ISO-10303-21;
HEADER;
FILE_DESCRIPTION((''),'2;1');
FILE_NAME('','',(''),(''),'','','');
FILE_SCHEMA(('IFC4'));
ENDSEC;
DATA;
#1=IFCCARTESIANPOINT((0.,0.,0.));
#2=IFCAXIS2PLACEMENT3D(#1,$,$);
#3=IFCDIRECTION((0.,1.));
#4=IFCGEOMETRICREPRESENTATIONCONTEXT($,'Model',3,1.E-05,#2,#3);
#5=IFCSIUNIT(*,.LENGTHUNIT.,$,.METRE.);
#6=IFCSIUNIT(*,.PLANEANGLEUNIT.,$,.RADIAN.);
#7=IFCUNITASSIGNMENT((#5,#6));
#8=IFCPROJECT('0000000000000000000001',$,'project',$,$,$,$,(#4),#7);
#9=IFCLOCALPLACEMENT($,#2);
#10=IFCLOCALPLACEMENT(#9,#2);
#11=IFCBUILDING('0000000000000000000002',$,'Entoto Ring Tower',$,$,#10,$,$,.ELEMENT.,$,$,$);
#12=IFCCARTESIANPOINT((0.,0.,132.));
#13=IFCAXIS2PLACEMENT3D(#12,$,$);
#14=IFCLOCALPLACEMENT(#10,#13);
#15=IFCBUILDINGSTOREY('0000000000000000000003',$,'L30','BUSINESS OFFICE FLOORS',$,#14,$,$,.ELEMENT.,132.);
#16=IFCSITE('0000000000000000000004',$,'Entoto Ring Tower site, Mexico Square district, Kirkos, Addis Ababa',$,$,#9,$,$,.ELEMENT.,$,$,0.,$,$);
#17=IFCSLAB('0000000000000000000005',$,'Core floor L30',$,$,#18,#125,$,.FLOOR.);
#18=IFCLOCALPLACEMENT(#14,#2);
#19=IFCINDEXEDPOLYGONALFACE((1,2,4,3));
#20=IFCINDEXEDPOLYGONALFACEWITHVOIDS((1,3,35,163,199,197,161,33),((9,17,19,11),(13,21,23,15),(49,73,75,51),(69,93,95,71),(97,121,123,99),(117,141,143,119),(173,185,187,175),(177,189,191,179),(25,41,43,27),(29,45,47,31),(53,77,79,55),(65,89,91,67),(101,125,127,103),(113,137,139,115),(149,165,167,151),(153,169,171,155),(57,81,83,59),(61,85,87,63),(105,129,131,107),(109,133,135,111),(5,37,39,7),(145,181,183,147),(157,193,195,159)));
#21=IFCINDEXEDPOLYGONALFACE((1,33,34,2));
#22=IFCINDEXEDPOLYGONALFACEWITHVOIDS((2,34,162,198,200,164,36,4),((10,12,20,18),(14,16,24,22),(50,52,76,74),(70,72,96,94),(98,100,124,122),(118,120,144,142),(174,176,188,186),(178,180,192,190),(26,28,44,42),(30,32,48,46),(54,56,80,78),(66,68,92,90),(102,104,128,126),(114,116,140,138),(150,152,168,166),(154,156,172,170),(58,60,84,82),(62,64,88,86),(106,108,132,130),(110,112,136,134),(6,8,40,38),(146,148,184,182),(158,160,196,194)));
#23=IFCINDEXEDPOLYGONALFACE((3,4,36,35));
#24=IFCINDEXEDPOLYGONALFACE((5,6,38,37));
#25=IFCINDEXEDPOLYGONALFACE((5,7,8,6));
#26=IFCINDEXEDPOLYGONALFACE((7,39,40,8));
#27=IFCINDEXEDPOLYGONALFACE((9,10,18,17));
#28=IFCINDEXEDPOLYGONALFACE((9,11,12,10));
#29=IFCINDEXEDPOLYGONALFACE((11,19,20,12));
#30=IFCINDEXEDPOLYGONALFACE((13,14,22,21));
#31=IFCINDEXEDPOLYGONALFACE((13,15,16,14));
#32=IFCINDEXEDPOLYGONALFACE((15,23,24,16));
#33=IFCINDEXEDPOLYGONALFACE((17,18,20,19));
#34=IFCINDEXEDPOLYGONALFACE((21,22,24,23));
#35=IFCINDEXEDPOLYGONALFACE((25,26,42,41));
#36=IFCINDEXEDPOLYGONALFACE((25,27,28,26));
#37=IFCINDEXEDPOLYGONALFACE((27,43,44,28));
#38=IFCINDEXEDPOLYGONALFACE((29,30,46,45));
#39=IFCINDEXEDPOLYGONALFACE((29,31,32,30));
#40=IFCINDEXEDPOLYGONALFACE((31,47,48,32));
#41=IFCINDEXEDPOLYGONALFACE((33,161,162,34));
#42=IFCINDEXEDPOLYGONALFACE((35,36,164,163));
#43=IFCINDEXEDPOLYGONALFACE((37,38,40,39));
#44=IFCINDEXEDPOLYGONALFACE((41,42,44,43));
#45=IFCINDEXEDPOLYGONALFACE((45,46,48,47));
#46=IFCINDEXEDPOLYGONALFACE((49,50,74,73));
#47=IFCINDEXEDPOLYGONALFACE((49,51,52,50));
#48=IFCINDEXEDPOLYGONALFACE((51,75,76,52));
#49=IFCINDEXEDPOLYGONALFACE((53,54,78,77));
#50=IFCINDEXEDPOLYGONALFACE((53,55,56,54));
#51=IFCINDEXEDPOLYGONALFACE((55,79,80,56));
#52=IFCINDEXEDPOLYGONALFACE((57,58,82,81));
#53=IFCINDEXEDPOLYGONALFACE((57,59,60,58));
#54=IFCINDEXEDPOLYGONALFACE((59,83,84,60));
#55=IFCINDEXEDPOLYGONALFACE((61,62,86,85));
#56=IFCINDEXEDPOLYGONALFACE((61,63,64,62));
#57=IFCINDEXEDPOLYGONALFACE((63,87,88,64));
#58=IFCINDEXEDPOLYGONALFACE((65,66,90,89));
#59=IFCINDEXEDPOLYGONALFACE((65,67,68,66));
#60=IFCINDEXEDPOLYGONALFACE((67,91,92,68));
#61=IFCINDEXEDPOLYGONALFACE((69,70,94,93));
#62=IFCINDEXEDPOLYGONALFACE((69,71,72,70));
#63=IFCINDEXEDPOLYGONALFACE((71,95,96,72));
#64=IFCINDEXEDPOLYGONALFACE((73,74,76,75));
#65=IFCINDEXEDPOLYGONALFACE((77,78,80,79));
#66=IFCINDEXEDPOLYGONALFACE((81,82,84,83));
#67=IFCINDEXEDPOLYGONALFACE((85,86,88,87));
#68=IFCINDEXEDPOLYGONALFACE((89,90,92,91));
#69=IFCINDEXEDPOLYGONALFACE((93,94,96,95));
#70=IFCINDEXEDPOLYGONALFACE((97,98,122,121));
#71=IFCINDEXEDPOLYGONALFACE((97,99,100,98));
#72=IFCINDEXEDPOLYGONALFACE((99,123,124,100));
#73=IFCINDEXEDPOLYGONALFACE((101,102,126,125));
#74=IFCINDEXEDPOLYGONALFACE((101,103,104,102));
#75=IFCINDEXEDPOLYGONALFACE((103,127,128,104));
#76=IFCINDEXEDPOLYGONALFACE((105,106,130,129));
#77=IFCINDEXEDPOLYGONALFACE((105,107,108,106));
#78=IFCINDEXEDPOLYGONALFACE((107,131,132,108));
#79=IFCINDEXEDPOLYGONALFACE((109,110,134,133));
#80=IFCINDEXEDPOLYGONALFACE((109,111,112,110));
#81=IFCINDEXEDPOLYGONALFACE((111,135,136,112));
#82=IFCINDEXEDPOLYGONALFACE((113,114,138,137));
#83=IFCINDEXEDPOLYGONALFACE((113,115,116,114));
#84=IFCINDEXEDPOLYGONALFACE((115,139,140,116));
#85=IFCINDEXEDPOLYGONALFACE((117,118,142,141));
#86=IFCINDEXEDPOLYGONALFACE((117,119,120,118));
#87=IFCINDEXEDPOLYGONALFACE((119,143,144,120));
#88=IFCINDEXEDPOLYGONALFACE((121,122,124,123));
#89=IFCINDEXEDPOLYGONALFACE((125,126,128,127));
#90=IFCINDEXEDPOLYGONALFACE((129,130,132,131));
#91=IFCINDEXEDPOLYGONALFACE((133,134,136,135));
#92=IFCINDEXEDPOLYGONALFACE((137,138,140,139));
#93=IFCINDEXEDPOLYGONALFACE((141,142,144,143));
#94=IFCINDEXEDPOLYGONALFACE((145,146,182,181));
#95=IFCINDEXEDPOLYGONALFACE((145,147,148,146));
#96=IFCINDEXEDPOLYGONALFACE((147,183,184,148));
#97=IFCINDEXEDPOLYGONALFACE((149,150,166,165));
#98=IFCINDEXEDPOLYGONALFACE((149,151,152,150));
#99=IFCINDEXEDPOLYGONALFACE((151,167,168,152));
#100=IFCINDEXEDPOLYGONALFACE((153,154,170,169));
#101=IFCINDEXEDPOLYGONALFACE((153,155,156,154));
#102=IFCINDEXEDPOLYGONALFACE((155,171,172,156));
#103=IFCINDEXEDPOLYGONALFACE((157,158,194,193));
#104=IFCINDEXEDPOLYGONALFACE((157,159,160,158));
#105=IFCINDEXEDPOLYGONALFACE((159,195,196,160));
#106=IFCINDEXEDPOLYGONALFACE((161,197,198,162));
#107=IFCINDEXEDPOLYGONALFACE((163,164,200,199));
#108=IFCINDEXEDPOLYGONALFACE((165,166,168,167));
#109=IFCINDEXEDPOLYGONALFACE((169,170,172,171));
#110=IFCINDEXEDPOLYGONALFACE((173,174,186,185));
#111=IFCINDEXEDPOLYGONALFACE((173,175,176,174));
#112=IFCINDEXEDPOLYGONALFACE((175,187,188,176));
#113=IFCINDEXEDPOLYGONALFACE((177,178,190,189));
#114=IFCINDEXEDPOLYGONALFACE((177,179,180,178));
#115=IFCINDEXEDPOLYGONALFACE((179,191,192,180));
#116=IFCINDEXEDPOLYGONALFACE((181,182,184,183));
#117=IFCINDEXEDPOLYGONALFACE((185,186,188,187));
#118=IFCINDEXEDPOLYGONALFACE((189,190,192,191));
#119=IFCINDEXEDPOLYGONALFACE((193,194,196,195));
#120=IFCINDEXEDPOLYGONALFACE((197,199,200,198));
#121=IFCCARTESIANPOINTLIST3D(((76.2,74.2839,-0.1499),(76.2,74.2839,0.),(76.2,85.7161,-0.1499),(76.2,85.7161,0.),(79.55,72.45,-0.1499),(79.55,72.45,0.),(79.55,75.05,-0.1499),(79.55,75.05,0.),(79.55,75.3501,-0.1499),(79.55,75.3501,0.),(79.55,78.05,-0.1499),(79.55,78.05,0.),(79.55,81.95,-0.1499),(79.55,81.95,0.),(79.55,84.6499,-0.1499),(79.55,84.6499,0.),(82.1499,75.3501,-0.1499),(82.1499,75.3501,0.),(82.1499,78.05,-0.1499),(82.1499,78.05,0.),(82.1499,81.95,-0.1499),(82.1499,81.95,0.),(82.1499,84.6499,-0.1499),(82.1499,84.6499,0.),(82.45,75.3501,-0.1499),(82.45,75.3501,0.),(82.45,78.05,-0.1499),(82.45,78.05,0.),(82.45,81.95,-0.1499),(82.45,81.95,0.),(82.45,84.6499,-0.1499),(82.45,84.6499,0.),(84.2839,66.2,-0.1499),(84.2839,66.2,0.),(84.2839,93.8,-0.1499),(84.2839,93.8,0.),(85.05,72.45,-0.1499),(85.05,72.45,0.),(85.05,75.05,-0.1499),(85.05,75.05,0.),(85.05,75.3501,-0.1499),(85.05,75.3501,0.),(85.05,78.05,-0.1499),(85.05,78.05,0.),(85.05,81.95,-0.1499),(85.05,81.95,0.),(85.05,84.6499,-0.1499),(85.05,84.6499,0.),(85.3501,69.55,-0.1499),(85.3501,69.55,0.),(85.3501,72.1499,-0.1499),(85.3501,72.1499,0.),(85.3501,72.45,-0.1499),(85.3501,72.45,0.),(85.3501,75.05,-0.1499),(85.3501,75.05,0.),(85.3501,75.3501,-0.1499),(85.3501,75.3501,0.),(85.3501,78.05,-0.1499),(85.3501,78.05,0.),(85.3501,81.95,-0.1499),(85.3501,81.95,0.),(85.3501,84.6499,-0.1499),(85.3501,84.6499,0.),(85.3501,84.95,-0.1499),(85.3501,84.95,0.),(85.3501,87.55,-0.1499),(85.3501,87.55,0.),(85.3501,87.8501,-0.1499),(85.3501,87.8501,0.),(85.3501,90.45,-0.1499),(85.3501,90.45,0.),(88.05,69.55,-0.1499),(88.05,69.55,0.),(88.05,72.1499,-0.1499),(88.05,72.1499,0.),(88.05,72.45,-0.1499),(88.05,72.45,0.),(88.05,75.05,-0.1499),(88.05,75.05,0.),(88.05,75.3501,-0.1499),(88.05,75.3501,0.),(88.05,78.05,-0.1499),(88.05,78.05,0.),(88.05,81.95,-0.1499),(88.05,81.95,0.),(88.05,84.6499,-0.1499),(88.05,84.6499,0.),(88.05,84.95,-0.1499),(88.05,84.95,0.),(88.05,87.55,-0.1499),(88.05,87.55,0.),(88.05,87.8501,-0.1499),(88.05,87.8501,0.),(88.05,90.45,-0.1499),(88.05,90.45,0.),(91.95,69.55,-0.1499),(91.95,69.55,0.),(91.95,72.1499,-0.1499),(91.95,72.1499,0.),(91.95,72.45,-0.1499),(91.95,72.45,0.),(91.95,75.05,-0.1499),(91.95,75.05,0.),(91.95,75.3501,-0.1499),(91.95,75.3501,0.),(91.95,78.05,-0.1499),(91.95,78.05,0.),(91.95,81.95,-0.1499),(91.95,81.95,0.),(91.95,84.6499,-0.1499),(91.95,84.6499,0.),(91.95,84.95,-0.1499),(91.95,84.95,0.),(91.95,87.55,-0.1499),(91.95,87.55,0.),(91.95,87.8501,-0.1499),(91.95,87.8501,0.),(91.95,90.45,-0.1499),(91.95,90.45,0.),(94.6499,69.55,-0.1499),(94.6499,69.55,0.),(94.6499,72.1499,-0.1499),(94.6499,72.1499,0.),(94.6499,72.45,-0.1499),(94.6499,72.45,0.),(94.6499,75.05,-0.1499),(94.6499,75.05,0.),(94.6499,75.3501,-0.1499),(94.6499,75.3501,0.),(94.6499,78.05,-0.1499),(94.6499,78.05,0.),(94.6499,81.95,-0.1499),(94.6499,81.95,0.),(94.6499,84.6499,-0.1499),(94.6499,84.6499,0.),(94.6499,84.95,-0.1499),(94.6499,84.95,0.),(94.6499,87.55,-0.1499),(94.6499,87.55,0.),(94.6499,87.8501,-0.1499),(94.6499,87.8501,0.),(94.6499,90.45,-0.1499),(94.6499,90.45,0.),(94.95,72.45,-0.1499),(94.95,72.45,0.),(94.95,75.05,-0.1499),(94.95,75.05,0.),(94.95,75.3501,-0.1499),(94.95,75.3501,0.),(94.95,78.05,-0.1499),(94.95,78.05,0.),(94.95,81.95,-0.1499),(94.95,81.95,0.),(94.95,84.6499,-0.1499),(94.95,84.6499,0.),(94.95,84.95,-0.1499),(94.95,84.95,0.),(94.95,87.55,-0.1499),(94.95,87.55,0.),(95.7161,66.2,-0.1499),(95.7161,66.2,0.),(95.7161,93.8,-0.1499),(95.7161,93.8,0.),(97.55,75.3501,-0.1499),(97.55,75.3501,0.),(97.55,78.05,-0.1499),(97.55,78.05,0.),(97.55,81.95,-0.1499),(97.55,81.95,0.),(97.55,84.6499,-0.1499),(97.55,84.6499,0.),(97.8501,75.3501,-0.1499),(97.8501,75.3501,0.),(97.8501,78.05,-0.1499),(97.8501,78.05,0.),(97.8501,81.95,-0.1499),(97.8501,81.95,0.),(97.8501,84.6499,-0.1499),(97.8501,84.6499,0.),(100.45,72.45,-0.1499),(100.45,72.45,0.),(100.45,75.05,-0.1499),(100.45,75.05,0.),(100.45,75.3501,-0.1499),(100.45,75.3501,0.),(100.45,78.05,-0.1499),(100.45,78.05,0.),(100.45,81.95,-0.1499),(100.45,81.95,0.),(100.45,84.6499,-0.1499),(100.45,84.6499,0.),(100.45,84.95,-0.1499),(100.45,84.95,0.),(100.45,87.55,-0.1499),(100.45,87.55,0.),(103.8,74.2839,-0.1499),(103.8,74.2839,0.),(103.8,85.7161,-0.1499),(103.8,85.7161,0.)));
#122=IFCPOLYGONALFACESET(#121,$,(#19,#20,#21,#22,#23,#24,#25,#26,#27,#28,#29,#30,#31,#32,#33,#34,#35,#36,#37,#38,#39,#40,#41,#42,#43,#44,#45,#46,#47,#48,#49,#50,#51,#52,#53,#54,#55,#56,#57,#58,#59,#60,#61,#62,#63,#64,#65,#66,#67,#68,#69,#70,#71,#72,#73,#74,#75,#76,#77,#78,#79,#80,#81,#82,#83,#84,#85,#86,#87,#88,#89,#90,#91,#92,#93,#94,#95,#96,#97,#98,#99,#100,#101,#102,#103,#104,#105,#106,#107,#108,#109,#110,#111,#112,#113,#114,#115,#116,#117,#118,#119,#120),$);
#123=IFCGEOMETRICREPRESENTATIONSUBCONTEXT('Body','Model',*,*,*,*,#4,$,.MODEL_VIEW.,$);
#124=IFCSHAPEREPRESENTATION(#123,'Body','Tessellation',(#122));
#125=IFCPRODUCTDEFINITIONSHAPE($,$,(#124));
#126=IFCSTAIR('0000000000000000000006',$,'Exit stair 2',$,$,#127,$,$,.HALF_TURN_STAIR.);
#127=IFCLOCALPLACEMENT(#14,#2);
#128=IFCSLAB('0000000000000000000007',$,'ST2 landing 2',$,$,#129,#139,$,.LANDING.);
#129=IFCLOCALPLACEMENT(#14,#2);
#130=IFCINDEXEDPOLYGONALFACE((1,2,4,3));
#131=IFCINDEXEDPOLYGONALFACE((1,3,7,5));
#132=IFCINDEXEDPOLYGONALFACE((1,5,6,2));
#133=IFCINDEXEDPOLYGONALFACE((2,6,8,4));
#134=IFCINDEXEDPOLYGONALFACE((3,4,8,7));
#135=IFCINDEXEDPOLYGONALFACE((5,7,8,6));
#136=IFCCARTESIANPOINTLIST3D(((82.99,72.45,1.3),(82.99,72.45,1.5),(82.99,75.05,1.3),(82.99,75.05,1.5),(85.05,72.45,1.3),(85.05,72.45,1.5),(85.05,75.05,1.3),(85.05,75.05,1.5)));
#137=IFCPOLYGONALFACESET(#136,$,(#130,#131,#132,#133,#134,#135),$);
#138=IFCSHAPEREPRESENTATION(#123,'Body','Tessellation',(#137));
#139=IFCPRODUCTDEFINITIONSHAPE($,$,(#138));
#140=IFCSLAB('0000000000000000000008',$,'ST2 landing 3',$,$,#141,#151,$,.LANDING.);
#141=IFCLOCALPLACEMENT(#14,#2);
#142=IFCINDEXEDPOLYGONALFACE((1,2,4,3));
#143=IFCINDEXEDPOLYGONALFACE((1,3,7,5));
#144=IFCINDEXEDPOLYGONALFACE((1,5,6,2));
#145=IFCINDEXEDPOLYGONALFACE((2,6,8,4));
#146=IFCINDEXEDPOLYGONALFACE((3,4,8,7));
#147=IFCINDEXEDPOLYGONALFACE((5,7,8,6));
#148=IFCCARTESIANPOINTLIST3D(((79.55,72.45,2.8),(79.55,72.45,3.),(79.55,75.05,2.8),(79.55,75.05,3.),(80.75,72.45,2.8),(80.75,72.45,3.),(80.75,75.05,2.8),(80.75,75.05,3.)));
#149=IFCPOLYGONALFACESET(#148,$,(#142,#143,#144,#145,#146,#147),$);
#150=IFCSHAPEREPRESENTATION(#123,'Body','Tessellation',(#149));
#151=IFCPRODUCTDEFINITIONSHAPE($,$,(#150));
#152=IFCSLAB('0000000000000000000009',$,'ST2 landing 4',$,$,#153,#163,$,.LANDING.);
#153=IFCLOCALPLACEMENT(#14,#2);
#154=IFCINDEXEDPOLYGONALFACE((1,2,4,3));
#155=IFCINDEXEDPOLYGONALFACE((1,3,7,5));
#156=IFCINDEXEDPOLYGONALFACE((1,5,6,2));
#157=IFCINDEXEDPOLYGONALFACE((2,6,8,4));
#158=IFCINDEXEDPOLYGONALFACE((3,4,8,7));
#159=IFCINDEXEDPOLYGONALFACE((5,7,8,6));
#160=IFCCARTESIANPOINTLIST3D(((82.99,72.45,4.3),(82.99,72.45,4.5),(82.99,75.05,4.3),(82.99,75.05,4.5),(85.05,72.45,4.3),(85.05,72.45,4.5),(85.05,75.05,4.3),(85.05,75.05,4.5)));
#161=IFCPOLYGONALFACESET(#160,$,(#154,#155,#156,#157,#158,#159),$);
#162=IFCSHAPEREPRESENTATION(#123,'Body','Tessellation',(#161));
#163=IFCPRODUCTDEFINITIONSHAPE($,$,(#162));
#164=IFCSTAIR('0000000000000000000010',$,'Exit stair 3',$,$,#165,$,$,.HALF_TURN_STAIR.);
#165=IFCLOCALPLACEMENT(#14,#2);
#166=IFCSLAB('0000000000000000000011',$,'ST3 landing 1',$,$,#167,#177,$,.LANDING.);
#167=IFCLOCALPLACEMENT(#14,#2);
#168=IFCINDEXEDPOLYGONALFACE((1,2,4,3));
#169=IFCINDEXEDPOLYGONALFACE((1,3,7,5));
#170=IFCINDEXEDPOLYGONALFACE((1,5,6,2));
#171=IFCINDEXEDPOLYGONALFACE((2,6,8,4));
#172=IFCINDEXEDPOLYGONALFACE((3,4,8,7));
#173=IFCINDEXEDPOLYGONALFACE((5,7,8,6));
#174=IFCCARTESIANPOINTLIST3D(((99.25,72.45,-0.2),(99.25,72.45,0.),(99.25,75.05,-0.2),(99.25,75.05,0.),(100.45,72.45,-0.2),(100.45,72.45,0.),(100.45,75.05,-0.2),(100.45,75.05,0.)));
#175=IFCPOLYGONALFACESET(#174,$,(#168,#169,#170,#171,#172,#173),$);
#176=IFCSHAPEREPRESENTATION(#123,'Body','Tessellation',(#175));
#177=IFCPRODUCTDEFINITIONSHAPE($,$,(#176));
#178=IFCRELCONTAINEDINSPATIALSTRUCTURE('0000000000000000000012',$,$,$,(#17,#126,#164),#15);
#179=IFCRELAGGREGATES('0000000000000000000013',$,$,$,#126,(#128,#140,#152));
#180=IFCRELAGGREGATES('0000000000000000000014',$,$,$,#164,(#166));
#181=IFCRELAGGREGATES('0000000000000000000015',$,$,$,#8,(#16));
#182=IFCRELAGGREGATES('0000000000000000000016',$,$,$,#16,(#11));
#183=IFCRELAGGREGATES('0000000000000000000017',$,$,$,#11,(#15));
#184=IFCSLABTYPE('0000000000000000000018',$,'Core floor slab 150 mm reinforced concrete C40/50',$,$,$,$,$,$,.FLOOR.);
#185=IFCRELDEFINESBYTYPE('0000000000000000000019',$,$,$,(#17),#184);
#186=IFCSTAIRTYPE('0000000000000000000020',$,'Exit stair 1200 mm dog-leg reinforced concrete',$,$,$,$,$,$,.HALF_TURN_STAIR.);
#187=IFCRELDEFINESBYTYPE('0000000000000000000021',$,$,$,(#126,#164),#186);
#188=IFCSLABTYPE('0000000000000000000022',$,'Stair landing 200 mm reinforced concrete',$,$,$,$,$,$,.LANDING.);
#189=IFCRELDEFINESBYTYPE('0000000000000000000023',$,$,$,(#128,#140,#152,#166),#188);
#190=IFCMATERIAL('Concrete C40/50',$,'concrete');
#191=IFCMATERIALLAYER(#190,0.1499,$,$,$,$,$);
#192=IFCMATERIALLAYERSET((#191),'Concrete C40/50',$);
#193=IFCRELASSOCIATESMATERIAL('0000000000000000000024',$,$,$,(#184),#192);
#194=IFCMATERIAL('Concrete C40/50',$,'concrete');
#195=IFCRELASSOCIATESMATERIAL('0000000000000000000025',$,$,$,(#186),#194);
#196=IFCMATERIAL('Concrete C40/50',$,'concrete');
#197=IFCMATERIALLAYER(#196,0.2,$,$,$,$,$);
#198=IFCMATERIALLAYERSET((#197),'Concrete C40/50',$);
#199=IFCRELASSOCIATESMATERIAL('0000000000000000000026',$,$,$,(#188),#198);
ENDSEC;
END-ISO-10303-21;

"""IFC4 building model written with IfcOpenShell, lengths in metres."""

from ifc_helpers import new_model, si_unit, direction, frame, origin, place, context, subcontext, project, spatial, polyline, outline, extrude, material, layer, layer_set, type_object, element, aggregate, save


model = new_model("IFC4")

# Units and contexts
model_context = context("Model", 3, precision=1e-05, world=origin(), true_north=direction((0.0, 1.0)))
body_context = subcontext(model_context, "Body", "Model", "MODEL_VIEW")
ifc_project = project(units=[si_unit("LENGTHUNIT", "METRE"), si_unit("PLANEANGLEUNIT", "RADIAN")], contexts=[model_context])

# Site, building, storey
site_placement = place(None, origin())
site = spatial("IfcSite", under=ifc_project, at=site_placement, Name="Entoto Ring Tower site, Mexico Square district, Kirkos, Addis Ababa", CompositionType="ELEMENT", RefElevation=0.0)
building_placement = place(site_placement, origin())
building = spatial("IfcBuilding", under=site, at=building_placement, Name="Entoto Ring Tower", CompositionType="ELEMENT")
storey_placement = place(building_placement, frame((0.0, 0.0, 132.0)))
storey = spatial("IfcBuildingStorey", under=building, at=storey_placement, Name="L30", Description="BUSINESS OFFICE FLOORS", CompositionType="ELEMENT", Elevation=132.0)

# Slab
ifc_material_1 = material(Name="Concrete C40/50", Category="concrete")
ifc_layer_1 = layer(ifc_material_1, 0.1499)
ifc_layer_set_1 = layer_set([ifc_layer_1], Name="Concrete C40/50")
slab_type_1 = type_object("IfcSlabType", Name="Core floor slab 150 mm reinforced concrete C40/50", PredefinedType="FLOOR", material=ifc_layer_set_1)
slab_1_placement = place(storey_placement, frame((0.0, 0.0, -0.1499)))
element("IfcSlab", 1, at=slab_1_placement, inside=storey, type_object=slab_type_1, Name="Core floor L30", PredefinedType="FLOOR", context=body_context, shape_type="SweptSolid", body=[
    extrude(outline(polyline([(103.8, 74.2839), (103.8, 85.7161), (95.7161, 93.8), (84.2839, 93.8), (76.2, 85.7161), (76.2, 74.2839), (84.2839, 66.2), (95.7161, 66.2), (103.8, 74.2839)]), holes=[polyline([(100.45, 84.95), (100.45, 87.55), (94.95, 87.55), (94.95, 84.95), (100.45, 84.95)]), polyline([(85.05, 72.45), (85.05, 75.05), (79.55, 75.05), (79.55, 72.45), (85.05, 72.45)]), polyline([(100.45, 72.45), (100.45, 75.05), (94.95, 75.05), (94.95, 72.45), (100.45, 72.45)]), polyline([(94.95, 81.95), (97.55, 81.95), (97.55, 84.6499), (94.95, 84.6499), (94.95, 81.95)]), polyline([(97.8501, 81.95), (100.45, 81.95), (100.45, 84.6499), (97.8501, 84.6499), (97.8501, 81.95)]), polyline([(82.45, 81.95), (85.05, 81.95), (85.05, 84.6499), (82.45, 84.6499), (82.45, 81.95)]), polyline([(94.95, 75.3501), (97.55, 75.3501), (97.55, 78.05), (94.95, 78.05), (94.95, 75.3501)]), polyline([(97.8501, 75.3501), (100.45, 75.3501), (100.45, 78.05), (97.8501, 78.05), (97.8501, 75.3501)]), polyline([(82.45, 75.3501), (85.05, 75.3501), (85.05, 78.05), (82.45, 78.05), (82.45, 75.3501)]), polyline([(91.95, 84.95), (94.6499, 84.95), (94.6499, 87.55), (91.95, 87.55), (91.95, 84.95)]), polyline([(91.95, 72.45), (94.6499, 72.45), (94.6499, 75.05), (91.95, 75.05), (91.95, 72.45)]), polyline([(91.95, 69.55), (94.6499, 69.55), (94.6499, 72.1499), (91.95, 72.1499), (91.95, 69.55)]), polyline([(85.3501, 72.45), (88.05, 72.45), (88.05, 75.05), (85.3501, 75.05), (85.3501, 72.45)]), polyline([(85.3501, 81.95), (88.05, 81.95), (88.05, 84.6499), (85.3501, 84.6499), (85.3501, 81.95)]), polyline([(91.95, 75.3501), (94.6499, 75.3501), (94.6499, 78.05), (91.95, 78.05), (91.95, 75.3501)]), polyline([(79.55, 81.95), (82.1499, 81.95), (82.1499, 84.6499), (79.55, 84.6499), (79.55, 81.95)]), polyline([(79.55, 75.3501), (82.1499, 75.3501), (82.1499, 78.05), (79.55, 78.05), (79.55, 75.3501)]), polyline([(91.95, 87.8501), (94.6499, 87.8501), (94.6499, 90.45), (91.95, 90.45), (91.95, 87.8501)]), polyline([(85.3501, 69.55), (88.05, 69.55), (88.05, 72.1499), (85.3501, 72.1499), (85.3501, 69.55)]), polyline([(91.95, 81.95), (94.6499, 81.95), (94.6499, 84.6499), (91.95, 84.6499), (91.95, 81.95)]), polyline([(85.3501, 75.3501), (88.05, 75.3501), (88.05, 78.05), (85.3501, 78.05), (85.3501, 75.3501)]), polyline([(85.3501, 84.95), (88.05, 84.95), (88.05, 87.55), (85.3501, 87.55), (85.3501, 84.95)]), polyline([(85.3501, 87.8501), (88.05, 87.8501), (88.05, 90.45), (85.3501, 90.45), (85.3501, 87.8501)])]), origin(), (0.0, 0.0, 1.0), 0.1499),
])

# Stairs, slabs
ifc_material_2 = material(Name="Concrete C40/50", Category="concrete")
stair_type = type_object("IfcStairType", Name="Exit stair 1200 mm dog-leg reinforced concrete", PredefinedType="HALF_TURN_STAIR", material=ifc_material_2)
stair_1_placement = place(storey_placement, origin())
stair_1 = element("IfcStair", 2, at=stair_1_placement, inside=storey, type_object=stair_type, Name="Exit stair 2", PredefinedType="HALF_TURN_STAIR")
ifc_material_3 = material(Name="Concrete C40/50", Category="concrete")
ifc_layer_2 = layer(ifc_material_3, 0.2)
ifc_layer_set_2 = layer_set([ifc_layer_2], Name="Concrete C40/50")
slab_type_2 = type_object("IfcSlabType", Name="Stair landing 200 mm reinforced concrete", PredefinedType="LANDING", material=ifc_layer_set_2)
slab_2_placement = place(storey_placement, frame((0.0, 0.0, 1.3)))
slab_2 = element("IfcSlab", 3, at=slab_2_placement, type_object=slab_type_2, Name="ST2 landing 2", PredefinedType="LANDING", context=body_context, shape_type="SweptSolid", body=[
    extrude(outline(polyline([(82.99, 72.45), (85.05, 72.45), (85.05, 75.05), (82.99, 75.05), (82.99, 72.45)])), origin(), (0.0, 0.0, 1.0), 0.2),
])
slab_3_placement = place(storey_placement, frame((0.0, 0.0, 2.8)))
slab_3 = element("IfcSlab", 4, at=slab_3_placement, type_object=slab_type_2, Name="ST2 landing 3", PredefinedType="LANDING", context=body_context, shape_type="SweptSolid", body=[
    extrude(outline(polyline([(79.55, 72.45), (80.75, 72.45), (80.75, 75.05), (79.55, 75.05), (79.55, 72.45)])), origin(), (0.0, 0.0, 1.0), 0.2),
])
slab_4_placement = place(storey_placement, frame((0.0, 0.0, 4.3)))
slab_4 = element("IfcSlab", 5, at=slab_4_placement, type_object=slab_type_2, Name="ST2 landing 4", PredefinedType="LANDING", context=body_context, shape_type="SweptSolid", body=[
    extrude(outline(polyline([(82.99, 72.45), (85.05, 72.45), (85.05, 75.05), (82.99, 75.05), (82.99, 72.45)])), origin(), (0.0, 0.0, 1.0), 0.2),
])
aggregate(stair_1, [slab_2, slab_3, slab_4])
stair_2_placement = place(storey_placement, origin())
stair_2 = element("IfcStair", 6, at=stair_2_placement, inside=storey, type_object=stair_type, Name="Exit stair 3", PredefinedType="HALF_TURN_STAIR")
slab_5_placement = place(storey_placement, frame((0.0, 0.0, -0.2)))
slab_5 = element("IfcSlab", 7, at=slab_5_placement, type_object=slab_type_2, Name="ST3 landing 1", PredefinedType="LANDING", context=body_context, shape_type="SweptSolid", body=[
    extrude(outline(polyline([(100.45, 72.45), (100.45, 75.05), (99.25, 75.05), (99.25, 72.45), (100.45, 72.45)])), origin(), (0.0, 0.0, 1.0), 0.2),
])
aggregate(stair_2, [slab_5])

save(model, "model.ifc")
